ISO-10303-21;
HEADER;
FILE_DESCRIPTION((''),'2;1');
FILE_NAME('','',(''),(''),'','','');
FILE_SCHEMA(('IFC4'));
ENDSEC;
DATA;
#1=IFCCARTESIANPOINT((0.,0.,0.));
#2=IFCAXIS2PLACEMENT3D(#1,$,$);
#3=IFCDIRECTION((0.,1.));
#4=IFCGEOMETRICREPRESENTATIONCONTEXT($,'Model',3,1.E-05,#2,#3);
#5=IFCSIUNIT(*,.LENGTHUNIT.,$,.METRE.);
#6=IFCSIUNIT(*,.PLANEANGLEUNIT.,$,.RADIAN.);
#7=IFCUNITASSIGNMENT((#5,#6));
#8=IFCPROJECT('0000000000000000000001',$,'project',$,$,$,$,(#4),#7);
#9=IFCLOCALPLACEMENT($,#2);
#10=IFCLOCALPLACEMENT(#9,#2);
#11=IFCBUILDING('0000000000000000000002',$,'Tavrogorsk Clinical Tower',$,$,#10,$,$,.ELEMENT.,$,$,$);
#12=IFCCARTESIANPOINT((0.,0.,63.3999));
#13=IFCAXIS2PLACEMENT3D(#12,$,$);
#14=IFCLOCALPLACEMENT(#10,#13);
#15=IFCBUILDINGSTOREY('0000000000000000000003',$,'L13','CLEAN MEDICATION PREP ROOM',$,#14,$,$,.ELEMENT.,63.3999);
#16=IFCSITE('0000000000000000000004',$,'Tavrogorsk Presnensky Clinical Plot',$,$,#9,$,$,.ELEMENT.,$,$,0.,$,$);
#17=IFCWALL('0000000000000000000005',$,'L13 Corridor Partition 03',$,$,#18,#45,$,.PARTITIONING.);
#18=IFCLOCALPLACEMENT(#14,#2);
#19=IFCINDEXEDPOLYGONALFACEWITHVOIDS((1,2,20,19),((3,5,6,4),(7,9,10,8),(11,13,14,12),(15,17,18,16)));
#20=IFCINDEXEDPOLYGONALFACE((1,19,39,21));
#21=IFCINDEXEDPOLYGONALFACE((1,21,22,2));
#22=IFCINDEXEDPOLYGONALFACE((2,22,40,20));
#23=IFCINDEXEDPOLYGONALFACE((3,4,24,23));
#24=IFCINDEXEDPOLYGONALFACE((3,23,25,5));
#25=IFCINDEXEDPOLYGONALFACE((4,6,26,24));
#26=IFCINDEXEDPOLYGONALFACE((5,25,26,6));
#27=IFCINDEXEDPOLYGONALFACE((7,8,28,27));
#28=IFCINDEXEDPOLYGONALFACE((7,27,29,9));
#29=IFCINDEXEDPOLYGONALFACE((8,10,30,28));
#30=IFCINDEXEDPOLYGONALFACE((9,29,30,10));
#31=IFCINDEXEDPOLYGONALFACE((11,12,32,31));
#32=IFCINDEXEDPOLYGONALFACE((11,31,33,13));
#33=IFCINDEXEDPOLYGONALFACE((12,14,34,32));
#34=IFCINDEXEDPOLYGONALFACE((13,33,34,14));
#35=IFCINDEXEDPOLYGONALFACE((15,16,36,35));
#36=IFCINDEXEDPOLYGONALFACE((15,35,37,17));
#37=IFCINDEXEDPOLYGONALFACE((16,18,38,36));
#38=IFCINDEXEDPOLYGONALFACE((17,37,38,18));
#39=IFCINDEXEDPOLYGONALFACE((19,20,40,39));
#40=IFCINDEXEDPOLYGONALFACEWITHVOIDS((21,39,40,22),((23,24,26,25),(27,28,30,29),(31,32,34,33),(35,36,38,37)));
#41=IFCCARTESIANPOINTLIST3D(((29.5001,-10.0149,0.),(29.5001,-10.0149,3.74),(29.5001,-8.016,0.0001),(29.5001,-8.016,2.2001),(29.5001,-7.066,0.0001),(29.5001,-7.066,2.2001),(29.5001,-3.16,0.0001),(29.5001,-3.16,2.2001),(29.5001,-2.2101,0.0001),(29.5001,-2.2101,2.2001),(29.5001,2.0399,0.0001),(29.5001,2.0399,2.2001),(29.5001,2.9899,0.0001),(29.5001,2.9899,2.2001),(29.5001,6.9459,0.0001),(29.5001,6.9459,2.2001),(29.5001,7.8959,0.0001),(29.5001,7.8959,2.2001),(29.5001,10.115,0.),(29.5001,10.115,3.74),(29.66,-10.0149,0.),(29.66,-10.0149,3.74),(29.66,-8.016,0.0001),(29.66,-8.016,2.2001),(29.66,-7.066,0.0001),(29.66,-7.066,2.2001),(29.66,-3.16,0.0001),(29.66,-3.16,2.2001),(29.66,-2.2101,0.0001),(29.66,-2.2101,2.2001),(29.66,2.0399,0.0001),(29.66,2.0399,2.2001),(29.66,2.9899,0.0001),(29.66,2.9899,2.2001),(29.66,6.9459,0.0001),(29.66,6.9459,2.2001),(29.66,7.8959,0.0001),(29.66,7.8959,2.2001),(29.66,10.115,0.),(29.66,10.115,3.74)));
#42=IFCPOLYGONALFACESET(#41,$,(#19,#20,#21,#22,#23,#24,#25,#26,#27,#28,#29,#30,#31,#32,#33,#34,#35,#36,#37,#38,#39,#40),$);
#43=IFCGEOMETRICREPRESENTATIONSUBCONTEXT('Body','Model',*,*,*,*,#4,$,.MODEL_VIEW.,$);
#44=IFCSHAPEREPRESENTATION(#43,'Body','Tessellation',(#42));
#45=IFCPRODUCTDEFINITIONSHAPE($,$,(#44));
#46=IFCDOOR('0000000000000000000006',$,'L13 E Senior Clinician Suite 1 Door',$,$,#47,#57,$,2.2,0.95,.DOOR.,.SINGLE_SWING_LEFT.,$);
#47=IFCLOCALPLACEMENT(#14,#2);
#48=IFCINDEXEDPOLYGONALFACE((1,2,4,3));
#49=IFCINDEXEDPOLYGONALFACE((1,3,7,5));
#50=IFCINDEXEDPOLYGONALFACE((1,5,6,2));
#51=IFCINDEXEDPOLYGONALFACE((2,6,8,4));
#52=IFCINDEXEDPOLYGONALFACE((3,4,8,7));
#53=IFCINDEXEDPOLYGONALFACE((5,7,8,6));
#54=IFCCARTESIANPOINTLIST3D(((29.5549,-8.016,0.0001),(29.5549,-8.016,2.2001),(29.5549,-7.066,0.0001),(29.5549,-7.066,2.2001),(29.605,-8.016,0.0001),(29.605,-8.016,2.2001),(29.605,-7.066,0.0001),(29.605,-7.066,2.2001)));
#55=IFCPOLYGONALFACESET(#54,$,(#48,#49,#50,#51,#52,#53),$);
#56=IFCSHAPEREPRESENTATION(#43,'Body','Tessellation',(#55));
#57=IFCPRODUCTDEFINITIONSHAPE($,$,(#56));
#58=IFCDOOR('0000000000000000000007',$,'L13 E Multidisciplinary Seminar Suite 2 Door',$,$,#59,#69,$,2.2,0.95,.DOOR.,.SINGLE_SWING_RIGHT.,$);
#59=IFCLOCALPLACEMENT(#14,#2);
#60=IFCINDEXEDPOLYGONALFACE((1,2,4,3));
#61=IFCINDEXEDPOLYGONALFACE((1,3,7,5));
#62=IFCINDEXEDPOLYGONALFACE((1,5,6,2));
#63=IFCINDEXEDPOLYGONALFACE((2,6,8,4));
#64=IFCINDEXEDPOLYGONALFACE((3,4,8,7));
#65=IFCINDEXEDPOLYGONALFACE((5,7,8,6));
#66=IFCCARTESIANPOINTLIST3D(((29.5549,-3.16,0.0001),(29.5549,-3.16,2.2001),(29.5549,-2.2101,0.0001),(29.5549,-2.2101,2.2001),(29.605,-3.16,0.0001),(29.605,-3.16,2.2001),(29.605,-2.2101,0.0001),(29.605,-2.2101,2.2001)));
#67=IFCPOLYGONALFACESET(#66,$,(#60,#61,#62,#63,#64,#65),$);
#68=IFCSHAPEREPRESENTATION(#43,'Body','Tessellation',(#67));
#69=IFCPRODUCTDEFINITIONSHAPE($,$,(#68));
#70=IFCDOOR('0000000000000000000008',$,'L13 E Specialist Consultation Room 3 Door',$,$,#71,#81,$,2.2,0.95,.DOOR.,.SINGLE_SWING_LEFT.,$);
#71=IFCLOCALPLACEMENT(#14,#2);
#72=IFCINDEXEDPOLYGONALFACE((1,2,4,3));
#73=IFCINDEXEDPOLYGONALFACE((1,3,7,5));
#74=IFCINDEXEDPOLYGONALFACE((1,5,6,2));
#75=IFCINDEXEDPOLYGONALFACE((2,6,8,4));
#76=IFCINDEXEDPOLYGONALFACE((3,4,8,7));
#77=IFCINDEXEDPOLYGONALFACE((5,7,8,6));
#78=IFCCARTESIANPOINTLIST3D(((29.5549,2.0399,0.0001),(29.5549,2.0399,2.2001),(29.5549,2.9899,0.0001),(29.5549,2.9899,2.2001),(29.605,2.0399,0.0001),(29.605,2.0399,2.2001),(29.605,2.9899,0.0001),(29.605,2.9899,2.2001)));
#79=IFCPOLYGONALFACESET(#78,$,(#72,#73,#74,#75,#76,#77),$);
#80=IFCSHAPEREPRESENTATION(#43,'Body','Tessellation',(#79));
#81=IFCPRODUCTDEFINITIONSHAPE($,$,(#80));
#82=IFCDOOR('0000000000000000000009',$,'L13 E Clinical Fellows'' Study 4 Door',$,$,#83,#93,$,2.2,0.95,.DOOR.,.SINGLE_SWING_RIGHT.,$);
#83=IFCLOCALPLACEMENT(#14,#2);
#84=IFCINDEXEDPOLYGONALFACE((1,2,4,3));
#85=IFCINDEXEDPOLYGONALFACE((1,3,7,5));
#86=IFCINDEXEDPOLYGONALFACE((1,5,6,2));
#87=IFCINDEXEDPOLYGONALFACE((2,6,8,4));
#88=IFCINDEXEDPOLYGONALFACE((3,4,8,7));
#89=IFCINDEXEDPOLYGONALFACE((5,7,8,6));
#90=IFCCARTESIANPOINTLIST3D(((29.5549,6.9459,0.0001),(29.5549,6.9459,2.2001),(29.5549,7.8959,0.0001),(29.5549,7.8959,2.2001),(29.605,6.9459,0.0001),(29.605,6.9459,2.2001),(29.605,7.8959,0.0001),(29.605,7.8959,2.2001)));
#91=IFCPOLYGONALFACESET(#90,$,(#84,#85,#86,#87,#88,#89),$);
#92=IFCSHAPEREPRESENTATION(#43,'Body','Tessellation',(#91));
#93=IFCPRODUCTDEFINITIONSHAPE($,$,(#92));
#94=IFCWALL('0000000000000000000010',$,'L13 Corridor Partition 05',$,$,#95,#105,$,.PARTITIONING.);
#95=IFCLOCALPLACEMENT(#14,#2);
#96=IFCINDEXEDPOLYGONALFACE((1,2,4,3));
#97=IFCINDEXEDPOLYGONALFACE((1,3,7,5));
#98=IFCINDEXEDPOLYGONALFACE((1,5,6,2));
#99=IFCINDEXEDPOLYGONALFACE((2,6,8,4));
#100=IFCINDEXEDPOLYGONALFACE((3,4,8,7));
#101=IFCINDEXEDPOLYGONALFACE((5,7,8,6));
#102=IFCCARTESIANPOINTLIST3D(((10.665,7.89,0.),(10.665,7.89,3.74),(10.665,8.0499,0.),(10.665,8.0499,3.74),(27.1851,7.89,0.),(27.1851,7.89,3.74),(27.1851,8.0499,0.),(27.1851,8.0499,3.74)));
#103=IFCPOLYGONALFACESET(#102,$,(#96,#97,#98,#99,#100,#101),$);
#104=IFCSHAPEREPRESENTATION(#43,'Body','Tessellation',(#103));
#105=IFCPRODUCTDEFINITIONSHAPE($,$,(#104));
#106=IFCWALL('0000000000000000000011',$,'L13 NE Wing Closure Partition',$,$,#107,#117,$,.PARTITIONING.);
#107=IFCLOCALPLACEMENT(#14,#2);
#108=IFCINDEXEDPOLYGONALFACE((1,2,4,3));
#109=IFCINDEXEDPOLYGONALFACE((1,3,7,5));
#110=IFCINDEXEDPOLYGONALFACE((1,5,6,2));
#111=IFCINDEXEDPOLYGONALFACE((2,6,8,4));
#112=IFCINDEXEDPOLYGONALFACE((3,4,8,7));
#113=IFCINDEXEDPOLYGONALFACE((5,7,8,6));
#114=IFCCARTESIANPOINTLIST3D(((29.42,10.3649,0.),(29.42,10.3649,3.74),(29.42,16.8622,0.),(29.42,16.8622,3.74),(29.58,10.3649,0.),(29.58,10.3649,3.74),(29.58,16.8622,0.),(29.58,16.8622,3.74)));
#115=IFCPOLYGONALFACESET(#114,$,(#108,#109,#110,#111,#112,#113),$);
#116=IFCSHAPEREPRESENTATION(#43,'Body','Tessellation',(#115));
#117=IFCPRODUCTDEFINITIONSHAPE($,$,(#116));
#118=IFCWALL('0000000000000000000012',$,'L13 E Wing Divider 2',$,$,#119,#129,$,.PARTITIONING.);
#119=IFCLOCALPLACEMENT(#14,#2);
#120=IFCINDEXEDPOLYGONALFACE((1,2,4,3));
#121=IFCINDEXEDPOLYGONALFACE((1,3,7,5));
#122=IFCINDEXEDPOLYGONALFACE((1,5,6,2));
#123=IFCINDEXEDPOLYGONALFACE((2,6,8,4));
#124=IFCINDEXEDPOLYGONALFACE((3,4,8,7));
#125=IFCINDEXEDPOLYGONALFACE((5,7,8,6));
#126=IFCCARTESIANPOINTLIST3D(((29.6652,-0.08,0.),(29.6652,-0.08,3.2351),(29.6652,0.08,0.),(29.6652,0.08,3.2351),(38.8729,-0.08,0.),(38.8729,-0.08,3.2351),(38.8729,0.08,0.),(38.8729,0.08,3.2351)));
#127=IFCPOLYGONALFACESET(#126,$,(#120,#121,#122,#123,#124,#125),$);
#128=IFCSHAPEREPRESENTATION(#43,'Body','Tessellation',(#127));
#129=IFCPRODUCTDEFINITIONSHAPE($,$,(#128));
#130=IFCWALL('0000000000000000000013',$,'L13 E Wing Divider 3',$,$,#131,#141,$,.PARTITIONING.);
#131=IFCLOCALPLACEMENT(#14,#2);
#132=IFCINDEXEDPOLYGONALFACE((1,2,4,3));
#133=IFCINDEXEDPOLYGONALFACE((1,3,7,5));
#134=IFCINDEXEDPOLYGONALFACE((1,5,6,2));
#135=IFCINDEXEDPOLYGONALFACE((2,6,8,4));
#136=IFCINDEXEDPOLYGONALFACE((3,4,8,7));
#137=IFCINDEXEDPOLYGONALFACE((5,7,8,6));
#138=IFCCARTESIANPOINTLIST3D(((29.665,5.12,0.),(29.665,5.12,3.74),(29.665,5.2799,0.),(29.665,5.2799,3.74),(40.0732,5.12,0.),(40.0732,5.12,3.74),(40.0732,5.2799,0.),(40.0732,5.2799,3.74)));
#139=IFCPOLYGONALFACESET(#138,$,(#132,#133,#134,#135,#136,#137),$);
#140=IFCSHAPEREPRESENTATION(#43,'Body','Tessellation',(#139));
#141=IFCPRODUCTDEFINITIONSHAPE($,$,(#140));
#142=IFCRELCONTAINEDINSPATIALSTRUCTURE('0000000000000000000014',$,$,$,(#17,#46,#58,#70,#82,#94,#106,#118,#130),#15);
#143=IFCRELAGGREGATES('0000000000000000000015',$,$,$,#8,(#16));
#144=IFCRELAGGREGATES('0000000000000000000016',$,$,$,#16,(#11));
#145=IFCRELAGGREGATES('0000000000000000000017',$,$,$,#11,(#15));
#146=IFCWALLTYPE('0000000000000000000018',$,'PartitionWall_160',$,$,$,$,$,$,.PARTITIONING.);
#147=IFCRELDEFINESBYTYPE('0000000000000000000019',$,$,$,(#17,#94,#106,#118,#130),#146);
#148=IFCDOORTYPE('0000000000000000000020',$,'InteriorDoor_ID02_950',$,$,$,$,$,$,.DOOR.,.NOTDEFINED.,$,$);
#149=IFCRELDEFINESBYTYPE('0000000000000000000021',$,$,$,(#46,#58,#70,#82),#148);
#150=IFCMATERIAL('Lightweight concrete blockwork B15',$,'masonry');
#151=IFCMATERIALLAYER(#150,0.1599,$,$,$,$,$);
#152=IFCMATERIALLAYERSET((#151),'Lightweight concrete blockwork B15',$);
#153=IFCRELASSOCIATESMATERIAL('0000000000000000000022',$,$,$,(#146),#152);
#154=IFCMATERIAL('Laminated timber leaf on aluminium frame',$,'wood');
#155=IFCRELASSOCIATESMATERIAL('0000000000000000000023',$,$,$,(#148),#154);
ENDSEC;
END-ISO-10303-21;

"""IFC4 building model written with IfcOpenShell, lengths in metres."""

from ifc_helpers import new_model, si_unit, direction, frame, frame_2d, origin, place, context, subcontext, project, spatial, rectangle, extrude, material, layer, layer_set, type_object, element, fill, save


model = new_model("IFC4")

# Units and contexts
model_context = context("Model", 3, precision=1e-05, world=origin(), true_north=direction((0.0, 1.0)))
body_context = subcontext(model_context, "Body", "Model", "MODEL_VIEW")
ifc_project = project(units=[si_unit("LENGTHUNIT", "METRE"), si_unit("PLANEANGLEUNIT", "RADIAN")], contexts=[model_context])

# Site, building, storey
site_placement = place(None, origin())
site = spatial("IfcSite", under=ifc_project, at=site_placement, Name="Tavrogorsk Presnensky Clinical Plot", CompositionType="ELEMENT", RefElevation=0.0)
building_placement = place(site_placement, origin())
building = spatial("IfcBuilding", under=site, at=building_placement, Name="Tavrogorsk Clinical Tower", CompositionType="ELEMENT")
storey_placement = place(building_placement, frame((0.0, 0.0, 63.3999)))
storey = spatial("IfcBuildingStorey", under=building, at=storey_placement, Name="L13", Description="CLEAN MEDICATION PREP ROOM", CompositionType="ELEMENT", Elevation=63.3999)

# Shared definitions
ifc_material_1 = material(Name="Lightweight concrete blockwork B15", Category="masonry")
ifc_layer_1 = layer(ifc_material_1, 0.1599)
ifc_layer_set_1 = layer_set([ifc_layer_1], Name="Lightweight concrete blockwork B15")
wall_type_1 = type_object("IfcWallType", Name="PartitionWall_160", PredefinedType="PARTITIONING", material=ifc_layer_set_1)

# Wall, openings, doors
wall_1_placement = place(storey_placement, frame((29.5801, 10.115, 0.0), z_axis=(0.0, 0.0, 1.0), x_axis=(0.0, -1.0, 0.0)))
wall_1 = element("IfcWall", 1, at=wall_1_placement, inside=storey, type_object=wall_type_1, Name="L13 Corridor Partition 03", PredefinedType="PARTITIONING", context=body_context, shape_type="SweptSolid", body=[
    extrude(rectangle(XDim=20.1299, YDim=0.1599, at=frame_2d((10.0649, 0.0))), origin(), (0.0, 0.0, 1.0), 3.74),
])
opening_1_placement = place(wall_1_placement, frame((17.1809, 0.0, 0.0)))
opening_1 = element("IfcOpeningElement", 2, at=opening_1_placement, cuts=wall_1, PredefinedType="OPENING", context=body_context, shape_type="SweptSolid", body=[
    extrude(rectangle(XDim=0.95, YDim=2.2, at=frame_2d((0.4751, 1.1001))), frame((0.0, 0.0898, 0.0), z_axis=(0.0, -1.0, 0.0), x_axis=(1.0, 0.0, 0.0)), (0.0, 0.0, 1.0), 0.1799),
])
opening_2_placement = place(wall_1_placement, frame((12.325, 0.0, 0.0)))
opening_2 = element("IfcOpeningElement", 3, at=opening_2_placement, cuts=wall_1, PredefinedType="OPENING", context=body_context, shape_type="SweptSolid", body=[
    extrude(rectangle(XDim=0.95, YDim=2.2, at=frame_2d((0.4751, 1.1001))), frame((0.0, 0.0898, 0.0), z_axis=(0.0, -1.0, 0.0), x_axis=(1.0, 0.0, 0.0)), (0.0, 0.0, 1.0), 0.1799),
])
opening_3_placement = place(wall_1_placement, frame((7.125, 0.0, 0.0)))
opening_3 = element("IfcOpeningElement", 4, at=opening_3_placement, cuts=wall_1, PredefinedType="OPENING", context=body_context, shape_type="SweptSolid", body=[
    extrude(rectangle(XDim=0.95, YDim=2.2, at=frame_2d((0.4751, 1.1001))), frame((0.0, 0.0898, 0.0), z_axis=(0.0, -1.0, 0.0), x_axis=(1.0, 0.0, 0.0)), (0.0, 0.0, 1.0), 0.1799),
])
opening_4_placement = place(wall_1_placement, frame((2.219, 0.0, 0.0)))
opening_4 = element("IfcOpeningElement", 5, at=opening_4_placement, cuts=wall_1, PredefinedType="OPENING", context=body_context, shape_type="SweptSolid", body=[
    extrude(rectangle(XDim=0.95, YDim=2.2, at=frame_2d((0.4751, 1.1001))), frame((0.0, 0.0898, 0.0), z_axis=(0.0, -1.0, 0.0), x_axis=(1.0, 0.0, 0.0)), (0.0, 0.0, 1.0), 0.1799),
])
ifc_material_2 = material(Name="Laminated timber leaf on aluminium frame", Category="wood")
door_type = type_object("IfcDoorType", Name="InteriorDoor_ID02_950", OperationType="NOTDEFINED", PredefinedType="DOOR", material=ifc_material_2)
door_1_placement = place(opening_1_placement, origin())
door_1 = element("IfcDoor", 6, at=door_1_placement, inside=storey, type_object=door_type, Name="L13 E Senior Clinician Suite 1 Door", OperationType="SINGLE_SWING_LEFT", OverallHeight=2.2, OverallWidth=0.95, PredefinedType="DOOR", context=body_context, shape_type="SweptSolid", body=[
    extrude(rectangle(XDim=0.95, YDim=2.2, at=frame_2d((0.4751, 1.1001))), frame((0.0, 0.0249, 0.0), z_axis=(0.0, -1.0, 0.0), x_axis=(1.0, 0.0, 0.0)), (0.0, 0.0, 1.0), 0.05),
])
fill(opening_1, door_1)
door_2_placement = place(opening_2_placement, origin())
door_2 = element("IfcDoor", 7, at=door_2_placement, inside=storey, type_object=door_type, Name="L13 E Multidisciplinary Seminar Suite 2 Door", OperationType="SINGLE_SWING_RIGHT", OverallHeight=2.2, OverallWidth=0.95, PredefinedType="DOOR", context=body_context, shape_type="SweptSolid", body=[
    extrude(rectangle(XDim=0.95, YDim=2.2, at=frame_2d((0.4751, 1.1001))), frame((0.0, 0.0249, 0.0), z_axis=(0.0, -1.0, 0.0), x_axis=(1.0, 0.0, 0.0)), (0.0, 0.0, 1.0), 0.05),
])
fill(opening_2, door_2)
door_3_placement = place(opening_3_placement, origin())
door_3 = element("IfcDoor", 8, at=door_3_placement, inside=storey, type_object=door_type, Name="L13 E Specialist Consultation Room 3 Door", OperationType="SINGLE_SWING_LEFT", OverallHeight=2.2, OverallWidth=0.95, PredefinedType="DOOR", context=body_context, shape_type="SweptSolid", body=[
    extrude(rectangle(XDim=0.95, YDim=2.2, at=frame_2d((0.4751, 1.1001))), frame((0.0, 0.0249, 0.0), z_axis=(0.0, -1.0, 0.0), x_axis=(1.0, 0.0, 0.0)), (0.0, 0.0, 1.0), 0.05),
])
fill(opening_3, door_3)
door_4_placement = place(opening_4_placement, origin())
door_4 = element("IfcDoor", 9, at=door_4_placement, inside=storey, type_object=door_type, Name="L13 E Clinical Fellows' Study 4 Door", OperationType="SINGLE_SWING_RIGHT", OverallHeight=2.2, OverallWidth=0.95, PredefinedType="DOOR", context=body_context, shape_type="SweptSolid", body=[
    extrude(rectangle(XDim=0.95, YDim=2.2, at=frame_2d((0.4751, 1.1001))), frame((0.0, 0.0249, 0.0), z_axis=(0.0, -1.0, 0.0), x_axis=(1.0, 0.0, 0.0)), (0.0, 0.0, 1.0), 0.05),
])
fill(opening_4, door_4)

# Walls
wall_2_placement = place(storey_placement, frame((27.1851, 7.97, 0.0), z_axis=(0.0, 0.0, 1.0), x_axis=(-1.0, 0.0, 0.0)))
element("IfcWall", 10, at=wall_2_placement, inside=storey, type_object=wall_type_1, Name="L13 Corridor Partition 05", PredefinedType="PARTITIONING", context=body_context, shape_type="SweptSolid", body=[
    extrude(rectangle(XDim=16.52, YDim=0.1599, at=frame_2d((8.26, 0.0))), origin(), (0.0, 0.0, 1.0), 3.74),
])
wall_3_placement = place(storey_placement, frame((29.5, 10.365, 0.0), z_axis=(0.0, 0.0, 1.0), x_axis=(0.0, 1.0, 0.0)))
element("IfcWall", 11, at=wall_3_placement, inside=storey, type_object=wall_type_1, Name="L13 NE Wing Closure Partition", PredefinedType="PARTITIONING", context=body_context, shape_type="SweptSolid", body=[
    extrude(rectangle(XDim=6.4973, YDim=0.1599, at=frame_2d((3.2485, 0.0))), origin(), (0.0, 0.0, 1.0), 3.74),
])
wall_4_placement = place(storey_placement, frame((29.665, 0.0, 0.0), z_axis=(0.0, 0.0, 1.0), x_axis=(1.0, 0.0, 0.0)))
element("IfcWall", 12, at=wall_4_placement, inside=storey, type_object=wall_type_1, Name="L13 E Wing Divider 2", PredefinedType="PARTITIONING", context=body_context, shape_type="SweptSolid", body=[
    extrude(rectangle(XDim=9.2078, YDim=0.1599, at=frame_2d((4.604, 0.0))), origin(), (0.0, 0.0, 1.0), 3.2351),
])
wall_5_placement = place(storey_placement, frame((29.665, 5.2, 0.0), z_axis=(0.0, 0.0, 1.0), x_axis=(1.0, 0.0, 0.0)))
element("IfcWall", 13, at=wall_5_placement, inside=storey, type_object=wall_type_1, Name="L13 E Wing Divider 3", PredefinedType="PARTITIONING", context=body_context, shape_type="SweptSolid", body=[
    extrude(rectangle(XDim=10.4082, YDim=0.1599, at=frame_2d((5.2041, 0.0))), origin(), (0.0, 0.0, 1.0), 3.74),
])

save(model, "model.ifc")
